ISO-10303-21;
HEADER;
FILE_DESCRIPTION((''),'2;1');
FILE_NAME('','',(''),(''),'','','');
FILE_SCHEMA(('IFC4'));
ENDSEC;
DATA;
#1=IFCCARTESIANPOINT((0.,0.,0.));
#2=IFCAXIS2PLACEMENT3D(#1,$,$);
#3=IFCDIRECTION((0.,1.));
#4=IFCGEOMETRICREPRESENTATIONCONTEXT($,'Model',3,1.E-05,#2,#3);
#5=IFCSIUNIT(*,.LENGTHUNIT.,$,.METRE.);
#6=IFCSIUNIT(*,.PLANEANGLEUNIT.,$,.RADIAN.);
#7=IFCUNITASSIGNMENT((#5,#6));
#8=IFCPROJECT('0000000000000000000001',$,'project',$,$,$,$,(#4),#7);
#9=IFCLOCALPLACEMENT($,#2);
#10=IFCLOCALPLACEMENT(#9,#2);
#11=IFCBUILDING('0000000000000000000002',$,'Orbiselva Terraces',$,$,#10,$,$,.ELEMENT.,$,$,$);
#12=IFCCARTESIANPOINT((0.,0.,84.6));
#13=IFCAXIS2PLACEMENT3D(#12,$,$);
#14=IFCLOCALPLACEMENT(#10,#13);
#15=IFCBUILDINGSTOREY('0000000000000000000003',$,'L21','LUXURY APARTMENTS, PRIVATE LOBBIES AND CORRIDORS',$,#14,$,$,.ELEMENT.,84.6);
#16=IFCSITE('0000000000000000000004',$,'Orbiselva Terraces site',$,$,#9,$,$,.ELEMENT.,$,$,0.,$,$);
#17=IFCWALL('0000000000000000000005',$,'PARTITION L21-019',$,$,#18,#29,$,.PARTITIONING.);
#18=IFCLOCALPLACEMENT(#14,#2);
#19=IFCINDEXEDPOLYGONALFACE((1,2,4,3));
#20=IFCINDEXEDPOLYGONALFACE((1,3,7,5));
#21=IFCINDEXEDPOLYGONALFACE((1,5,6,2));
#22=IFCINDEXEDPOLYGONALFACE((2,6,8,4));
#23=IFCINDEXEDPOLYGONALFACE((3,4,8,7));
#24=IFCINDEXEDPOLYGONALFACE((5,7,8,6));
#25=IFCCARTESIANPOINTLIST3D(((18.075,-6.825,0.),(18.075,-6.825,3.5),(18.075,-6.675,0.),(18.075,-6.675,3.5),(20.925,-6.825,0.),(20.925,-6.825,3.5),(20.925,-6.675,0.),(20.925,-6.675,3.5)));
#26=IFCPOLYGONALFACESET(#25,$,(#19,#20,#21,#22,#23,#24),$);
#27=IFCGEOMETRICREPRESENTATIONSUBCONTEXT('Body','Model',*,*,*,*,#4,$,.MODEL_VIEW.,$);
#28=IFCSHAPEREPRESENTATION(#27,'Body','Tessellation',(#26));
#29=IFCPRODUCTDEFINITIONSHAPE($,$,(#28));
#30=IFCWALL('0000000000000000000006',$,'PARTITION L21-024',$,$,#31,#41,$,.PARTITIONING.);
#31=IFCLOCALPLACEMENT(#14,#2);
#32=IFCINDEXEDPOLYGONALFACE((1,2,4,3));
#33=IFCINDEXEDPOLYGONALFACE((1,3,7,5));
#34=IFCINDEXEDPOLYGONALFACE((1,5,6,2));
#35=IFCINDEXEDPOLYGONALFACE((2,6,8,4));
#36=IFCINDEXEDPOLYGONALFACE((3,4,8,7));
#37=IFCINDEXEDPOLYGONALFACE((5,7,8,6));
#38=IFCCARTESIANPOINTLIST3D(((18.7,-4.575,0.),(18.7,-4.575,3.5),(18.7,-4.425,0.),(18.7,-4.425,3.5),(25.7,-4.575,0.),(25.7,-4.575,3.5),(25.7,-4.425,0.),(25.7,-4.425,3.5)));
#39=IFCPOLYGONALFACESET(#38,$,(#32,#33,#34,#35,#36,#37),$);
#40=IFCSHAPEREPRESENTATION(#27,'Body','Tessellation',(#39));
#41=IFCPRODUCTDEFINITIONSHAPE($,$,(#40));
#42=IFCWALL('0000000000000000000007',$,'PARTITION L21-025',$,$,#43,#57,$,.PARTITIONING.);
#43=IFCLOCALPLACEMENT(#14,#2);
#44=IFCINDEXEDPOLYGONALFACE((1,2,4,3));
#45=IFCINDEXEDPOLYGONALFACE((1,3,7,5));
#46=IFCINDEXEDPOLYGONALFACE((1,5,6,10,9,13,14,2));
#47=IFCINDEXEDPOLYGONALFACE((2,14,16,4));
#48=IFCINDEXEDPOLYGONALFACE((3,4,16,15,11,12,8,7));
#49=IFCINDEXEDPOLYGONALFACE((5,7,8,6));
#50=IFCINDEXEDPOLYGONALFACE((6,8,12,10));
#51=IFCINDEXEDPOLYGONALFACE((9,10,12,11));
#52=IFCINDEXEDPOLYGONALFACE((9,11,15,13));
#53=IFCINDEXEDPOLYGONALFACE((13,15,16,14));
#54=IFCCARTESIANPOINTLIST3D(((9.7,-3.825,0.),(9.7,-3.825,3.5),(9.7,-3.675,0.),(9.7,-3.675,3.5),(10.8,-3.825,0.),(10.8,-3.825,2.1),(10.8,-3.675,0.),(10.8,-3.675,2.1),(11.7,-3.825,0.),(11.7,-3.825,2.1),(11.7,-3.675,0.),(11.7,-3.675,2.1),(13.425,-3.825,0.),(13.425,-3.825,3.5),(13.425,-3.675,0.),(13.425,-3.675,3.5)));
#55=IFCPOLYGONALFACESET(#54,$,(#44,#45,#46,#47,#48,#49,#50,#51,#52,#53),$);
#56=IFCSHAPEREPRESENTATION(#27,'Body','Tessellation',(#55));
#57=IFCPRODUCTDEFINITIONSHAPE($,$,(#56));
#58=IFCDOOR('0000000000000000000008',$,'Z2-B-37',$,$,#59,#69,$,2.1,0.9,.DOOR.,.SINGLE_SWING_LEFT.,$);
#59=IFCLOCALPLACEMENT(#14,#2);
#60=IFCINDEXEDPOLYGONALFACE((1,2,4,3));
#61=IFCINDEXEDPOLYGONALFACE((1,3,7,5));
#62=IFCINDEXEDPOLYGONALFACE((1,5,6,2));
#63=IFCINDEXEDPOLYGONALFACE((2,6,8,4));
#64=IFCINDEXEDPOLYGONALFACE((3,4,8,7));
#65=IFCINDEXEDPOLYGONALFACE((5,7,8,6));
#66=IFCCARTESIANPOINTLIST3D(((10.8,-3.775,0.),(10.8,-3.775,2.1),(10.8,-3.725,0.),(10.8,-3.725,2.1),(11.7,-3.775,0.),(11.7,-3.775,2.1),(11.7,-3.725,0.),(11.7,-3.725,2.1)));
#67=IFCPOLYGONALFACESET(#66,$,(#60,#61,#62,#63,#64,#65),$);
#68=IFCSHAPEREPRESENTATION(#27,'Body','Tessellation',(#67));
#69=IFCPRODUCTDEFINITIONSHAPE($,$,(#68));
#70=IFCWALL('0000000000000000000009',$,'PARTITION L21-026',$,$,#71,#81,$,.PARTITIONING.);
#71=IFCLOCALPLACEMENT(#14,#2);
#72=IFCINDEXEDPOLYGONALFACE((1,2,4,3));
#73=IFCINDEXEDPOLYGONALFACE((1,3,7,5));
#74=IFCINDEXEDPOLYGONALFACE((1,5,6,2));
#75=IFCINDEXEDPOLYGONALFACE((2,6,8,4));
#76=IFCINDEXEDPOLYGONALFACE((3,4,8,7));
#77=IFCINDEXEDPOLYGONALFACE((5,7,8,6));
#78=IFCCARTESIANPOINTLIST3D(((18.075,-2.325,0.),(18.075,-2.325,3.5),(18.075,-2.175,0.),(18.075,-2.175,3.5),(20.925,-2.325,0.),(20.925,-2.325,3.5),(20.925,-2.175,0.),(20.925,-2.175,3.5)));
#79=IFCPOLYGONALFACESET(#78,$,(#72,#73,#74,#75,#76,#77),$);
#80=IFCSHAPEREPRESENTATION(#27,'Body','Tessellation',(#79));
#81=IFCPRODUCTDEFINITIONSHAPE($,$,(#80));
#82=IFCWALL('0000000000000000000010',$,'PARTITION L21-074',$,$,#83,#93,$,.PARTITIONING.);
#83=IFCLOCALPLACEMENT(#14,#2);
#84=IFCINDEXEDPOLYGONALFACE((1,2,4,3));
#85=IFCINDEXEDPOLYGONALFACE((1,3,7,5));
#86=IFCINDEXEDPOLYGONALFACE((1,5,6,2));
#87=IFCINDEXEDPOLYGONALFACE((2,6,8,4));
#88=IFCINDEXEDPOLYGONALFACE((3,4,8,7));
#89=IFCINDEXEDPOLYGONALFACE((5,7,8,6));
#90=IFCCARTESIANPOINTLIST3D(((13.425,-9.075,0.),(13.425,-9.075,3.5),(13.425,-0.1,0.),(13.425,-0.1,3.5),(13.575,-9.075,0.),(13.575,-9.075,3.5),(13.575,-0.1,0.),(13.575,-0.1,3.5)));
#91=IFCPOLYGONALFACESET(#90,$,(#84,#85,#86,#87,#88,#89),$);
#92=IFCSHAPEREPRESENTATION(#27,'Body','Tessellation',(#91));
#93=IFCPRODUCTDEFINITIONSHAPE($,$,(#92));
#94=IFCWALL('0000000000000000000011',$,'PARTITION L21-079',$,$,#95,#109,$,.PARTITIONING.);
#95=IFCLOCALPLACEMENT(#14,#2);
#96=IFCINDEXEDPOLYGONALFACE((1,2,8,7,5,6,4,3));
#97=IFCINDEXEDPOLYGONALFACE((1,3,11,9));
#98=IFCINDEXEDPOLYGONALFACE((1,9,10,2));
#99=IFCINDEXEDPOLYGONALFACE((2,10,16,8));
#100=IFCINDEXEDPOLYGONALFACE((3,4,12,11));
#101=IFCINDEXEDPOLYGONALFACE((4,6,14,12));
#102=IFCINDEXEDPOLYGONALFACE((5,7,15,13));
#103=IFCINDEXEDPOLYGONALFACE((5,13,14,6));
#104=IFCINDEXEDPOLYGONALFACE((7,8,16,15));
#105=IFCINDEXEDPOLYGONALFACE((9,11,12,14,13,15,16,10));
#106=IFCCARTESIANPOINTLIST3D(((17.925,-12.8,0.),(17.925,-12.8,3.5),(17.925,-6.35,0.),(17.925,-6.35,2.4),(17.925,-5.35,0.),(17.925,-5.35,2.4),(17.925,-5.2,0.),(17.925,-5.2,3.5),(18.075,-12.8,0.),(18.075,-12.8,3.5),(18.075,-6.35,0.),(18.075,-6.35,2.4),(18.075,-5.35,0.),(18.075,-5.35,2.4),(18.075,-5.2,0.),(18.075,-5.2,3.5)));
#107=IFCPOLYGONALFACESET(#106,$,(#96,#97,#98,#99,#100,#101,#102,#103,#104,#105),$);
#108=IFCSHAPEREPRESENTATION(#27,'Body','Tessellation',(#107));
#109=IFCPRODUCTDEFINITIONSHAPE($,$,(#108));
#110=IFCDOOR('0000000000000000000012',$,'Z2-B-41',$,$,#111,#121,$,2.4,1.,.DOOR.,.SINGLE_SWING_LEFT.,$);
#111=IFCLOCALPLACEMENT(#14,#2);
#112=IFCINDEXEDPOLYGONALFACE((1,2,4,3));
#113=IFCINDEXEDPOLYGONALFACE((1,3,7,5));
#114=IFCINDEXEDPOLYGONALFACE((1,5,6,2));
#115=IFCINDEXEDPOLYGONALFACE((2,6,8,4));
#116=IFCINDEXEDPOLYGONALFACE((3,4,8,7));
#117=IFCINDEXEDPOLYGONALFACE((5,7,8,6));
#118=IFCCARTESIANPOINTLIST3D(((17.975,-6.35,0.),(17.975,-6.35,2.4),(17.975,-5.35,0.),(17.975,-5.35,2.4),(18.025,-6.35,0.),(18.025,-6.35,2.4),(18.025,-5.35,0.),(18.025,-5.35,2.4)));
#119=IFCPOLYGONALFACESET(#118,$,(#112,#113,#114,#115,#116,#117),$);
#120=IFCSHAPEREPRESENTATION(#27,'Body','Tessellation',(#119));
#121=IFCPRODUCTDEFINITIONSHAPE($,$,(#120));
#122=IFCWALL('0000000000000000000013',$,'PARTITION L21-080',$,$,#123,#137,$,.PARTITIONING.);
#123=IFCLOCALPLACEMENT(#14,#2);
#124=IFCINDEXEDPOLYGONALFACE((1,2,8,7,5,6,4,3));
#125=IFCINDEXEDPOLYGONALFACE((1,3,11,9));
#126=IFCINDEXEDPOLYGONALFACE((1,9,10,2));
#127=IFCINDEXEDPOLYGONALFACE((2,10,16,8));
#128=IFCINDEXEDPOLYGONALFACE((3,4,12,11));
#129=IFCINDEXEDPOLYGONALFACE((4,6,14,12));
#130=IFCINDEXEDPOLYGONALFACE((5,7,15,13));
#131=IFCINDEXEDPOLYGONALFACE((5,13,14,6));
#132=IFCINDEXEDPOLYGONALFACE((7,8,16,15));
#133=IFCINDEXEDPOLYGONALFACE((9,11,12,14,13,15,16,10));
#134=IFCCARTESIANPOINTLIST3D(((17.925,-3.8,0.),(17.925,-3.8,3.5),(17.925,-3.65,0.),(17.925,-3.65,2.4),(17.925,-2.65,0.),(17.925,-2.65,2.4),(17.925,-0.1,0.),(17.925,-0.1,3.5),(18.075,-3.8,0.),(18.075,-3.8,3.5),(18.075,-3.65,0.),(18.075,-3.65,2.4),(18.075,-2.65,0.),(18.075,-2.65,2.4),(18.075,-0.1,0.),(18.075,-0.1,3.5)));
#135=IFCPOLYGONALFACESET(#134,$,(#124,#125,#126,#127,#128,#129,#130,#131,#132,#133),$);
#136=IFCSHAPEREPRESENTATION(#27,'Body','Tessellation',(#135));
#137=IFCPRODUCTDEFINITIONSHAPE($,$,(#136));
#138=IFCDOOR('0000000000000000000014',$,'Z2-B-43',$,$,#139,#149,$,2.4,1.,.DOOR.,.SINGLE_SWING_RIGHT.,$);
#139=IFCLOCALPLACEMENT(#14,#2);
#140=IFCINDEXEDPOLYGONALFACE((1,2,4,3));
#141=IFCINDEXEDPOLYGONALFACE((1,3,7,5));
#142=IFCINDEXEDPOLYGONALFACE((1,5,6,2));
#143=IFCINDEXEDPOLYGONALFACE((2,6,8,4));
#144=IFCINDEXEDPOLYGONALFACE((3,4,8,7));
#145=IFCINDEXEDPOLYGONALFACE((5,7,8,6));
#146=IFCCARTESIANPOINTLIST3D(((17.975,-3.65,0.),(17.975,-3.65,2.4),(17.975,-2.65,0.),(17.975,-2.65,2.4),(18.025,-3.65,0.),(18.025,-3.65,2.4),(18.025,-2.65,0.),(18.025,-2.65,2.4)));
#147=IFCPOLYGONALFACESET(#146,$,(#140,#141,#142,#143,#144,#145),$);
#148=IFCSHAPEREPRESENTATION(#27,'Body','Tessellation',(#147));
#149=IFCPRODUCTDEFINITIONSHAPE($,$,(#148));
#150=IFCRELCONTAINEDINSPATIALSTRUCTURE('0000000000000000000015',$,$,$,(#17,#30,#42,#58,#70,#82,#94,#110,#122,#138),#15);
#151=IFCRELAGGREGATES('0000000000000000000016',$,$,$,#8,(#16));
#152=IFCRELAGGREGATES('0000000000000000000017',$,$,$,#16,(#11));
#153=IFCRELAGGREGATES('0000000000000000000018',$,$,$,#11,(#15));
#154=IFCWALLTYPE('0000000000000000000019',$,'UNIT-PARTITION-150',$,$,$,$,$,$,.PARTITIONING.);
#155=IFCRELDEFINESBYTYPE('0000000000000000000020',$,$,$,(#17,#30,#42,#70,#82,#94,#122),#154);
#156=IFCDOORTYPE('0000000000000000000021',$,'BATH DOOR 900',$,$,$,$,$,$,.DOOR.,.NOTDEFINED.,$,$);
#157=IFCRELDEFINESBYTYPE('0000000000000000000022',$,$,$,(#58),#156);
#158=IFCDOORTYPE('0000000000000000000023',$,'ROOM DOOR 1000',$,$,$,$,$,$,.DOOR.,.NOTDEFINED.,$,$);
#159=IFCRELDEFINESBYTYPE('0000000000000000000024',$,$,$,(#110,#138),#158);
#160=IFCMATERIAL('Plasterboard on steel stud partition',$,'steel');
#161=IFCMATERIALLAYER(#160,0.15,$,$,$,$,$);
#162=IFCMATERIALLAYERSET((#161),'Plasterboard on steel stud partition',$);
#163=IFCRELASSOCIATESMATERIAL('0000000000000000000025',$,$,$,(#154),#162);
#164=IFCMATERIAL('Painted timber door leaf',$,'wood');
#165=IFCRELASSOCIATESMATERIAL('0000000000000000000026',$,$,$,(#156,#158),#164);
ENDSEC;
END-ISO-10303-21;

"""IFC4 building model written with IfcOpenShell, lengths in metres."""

from ifc_helpers import new_model, si_unit, direction, frame, frame_2d, origin, place, context, subcontext, project, spatial, rectangle, extrude, material, layer, layer_set, type_object, element, fill, save


model = new_model("IFC4")

# Units and contexts
model_context = context("Model", 3, precision=1e-05, world=origin(), true_north=direction((0.0, 1.0)))
body_context = subcontext(model_context, "Body", "Model", "MODEL_VIEW")
ifc_project = project(units=[si_unit("LENGTHUNIT", "METRE"), si_unit("PLANEANGLEUNIT", "RADIAN")], contexts=[model_context])

# Site, building, storey
site_placement = place(None, origin())
site = spatial("IfcSite", under=ifc_project, at=site_placement, Name="Orbiselva Terraces site", CompositionType="ELEMENT", RefElevation=0.0)
building_placement = place(site_placement, origin())
building = spatial("IfcBuilding", under=site, at=building_placement, Name="Orbiselva Terraces", CompositionType="ELEMENT")
storey_placement = place(building_placement, frame((0.0, 0.0, 84.6)))
storey = spatial("IfcBuildingStorey", under=building, at=storey_placement, Name="L21", Description="LUXURY APARTMENTS, PRIVATE LOBBIES AND CORRIDORS", CompositionType="ELEMENT", Elevation=84.6)

# Shared definitions
ifc_material_1 = material(Name="Plasterboard on steel stud partition", Category="steel")

# Shared definitions
ifc_layer_1 = layer(ifc_material_1, 0.15)
ifc_layer_set_1 = layer_set([ifc_layer_1], Name="Plasterboard on steel stud partition")
wall_type_1 = type_object("IfcWallType", Name="UNIT-PARTITION-150", PredefinedType="PARTITIONING", material=ifc_layer_set_1)
ifc_material_2 = material(Name="Painted timber door leaf", Category="wood")
door_type_1 = type_object("IfcDoorType", Name="BATH DOOR 900", OperationType="NOTDEFINED", PredefinedType="DOOR", material=ifc_material_2)

# Walls
wall_1_placement = place(storey_placement, frame((18.075, -6.75, 0.0), z_axis=(0.0, 0.0, 1.0), x_axis=(1.0, 0.0, 0.0)))
element("IfcWall", 1, at=wall_1_placement, inside=storey, type_object=wall_type_1, Name="PARTITION L21-019", PredefinedType="PARTITIONING", context=body_context, shape_type="SweptSolid", body=[
    extrude(rectangle(XDim=2.85, YDim=0.15, at=frame_2d((1.425, 0.0))), origin(), (0.0, 0.0, 1.0), 3.5),
])
wall_2_placement = place(storey_placement, frame((18.7, -4.5, 0.0), z_axis=(0.0, 0.0, 1.0), x_axis=(1.0, 0.0, 0.0)))
element("IfcWall", 2, at=wall_2_placement, inside=storey, type_object=wall_type_1, Name="PARTITION L21-024", PredefinedType="PARTITIONING", context=body_context, shape_type="SweptSolid", body=[
    extrude(rectangle(XDim=7.0, YDim=0.15, at=frame_2d((3.5, 0.0))), origin(), (0.0, 0.0, 1.0), 3.5),
])

# Wall, opening, door
wall_3_placement = place(storey_placement, frame((9.7, -3.75, 0.0), z_axis=(0.0, 0.0, 1.0), x_axis=(1.0, 0.0, 0.0)))
wall_3 = element("IfcWall", 3, at=wall_3_placement, inside=storey, type_object=wall_type_1, Name="PARTITION L21-025", PredefinedType="PARTITIONING", context=body_context, shape_type="SweptSolid", body=[
    extrude(rectangle(XDim=3.725, YDim=0.15, at=frame_2d((1.8625, 0.0))), origin(), (0.0, 0.0, 1.0), 3.5),
])
opening_1_placement = place(wall_3_placement, frame((1.1, 0.0, 0.0)))
opening_1 = element("IfcOpeningElement", 4, at=opening_1_placement, cuts=wall_3, PredefinedType="OPENING", context=body_context, shape_type="SweptSolid", body=[
    extrude(rectangle(XDim=0.9, YDim=2.1, at=frame_2d((0.45, 1.05))), frame((0.0, 0.085, 0.0), z_axis=(0.0, -1.0, 0.0), x_axis=(1.0, 0.0, 0.0)), (0.0, 0.0, 1.0), 0.17),
])
door_1_placement = place(opening_1_placement, origin())
door_1 = element("IfcDoor", 5, at=door_1_placement, inside=storey, type_object=door_type_1, Name="Z2-B-37", OperationType="SINGLE_SWING_LEFT", OverallHeight=2.1, OverallWidth=0.9, PredefinedType="DOOR", context=body_context, shape_type="SweptSolid", body=[
    extrude(rectangle(XDim=0.9, YDim=2.1, at=frame_2d((0.45, 1.05))), frame((0.0, 0.025, 0.0), z_axis=(0.0, -1.0, 0.0), x_axis=(1.0, 0.0, 0.0)), (0.0, 0.0, 1.0), 0.05),
])
fill(opening_1, door_1)

# Walls
wall_4_placement = place(storey_placement, frame((18.075, -2.25, 0.0), z_axis=(0.0, 0.0, 1.0), x_axis=(1.0, 0.0, 0.0)))
element("IfcWall", 6, at=wall_4_placement, inside=storey, type_object=wall_type_1, Name="PARTITION L21-026", PredefinedType="PARTITIONING", context=body_context, shape_type="SweptSolid", body=[
    extrude(rectangle(XDim=2.85, YDim=0.15, at=frame_2d((1.425, 0.0))), origin(), (0.0, 0.0, 1.0), 3.5),
])
wall_5_placement = place(storey_placement, frame((13.5, -9.075, 0.0), z_axis=(0.0, 0.0, 1.0), x_axis=(0.0, 1.0, 0.0)))
element("IfcWall", 7, at=wall_5_placement, inside=storey, type_object=wall_type_1, Name="PARTITION L21-074", PredefinedType="PARTITIONING", context=body_context, shape_type="SweptSolid", body=[
    extrude(rectangle(XDim=8.975, YDim=0.15, at=frame_2d((4.4875, 0.0))), origin(), (0.0, 0.0, 1.0), 3.5),
])

# Walls, openings, doors
wall_6_placement = place(storey_placement, frame((18.0, -5.2, 0.0), z_axis=(0.0, 0.0, 1.0), x_axis=(0.0, -1.0, 0.0)))
wall_6 = element("IfcWall", 8, at=wall_6_placement, inside=storey, type_object=wall_type_1, Name="PARTITION L21-079", PredefinedType="PARTITIONING", context=body_context, shape_type="SweptSolid", body=[
    extrude(rectangle(XDim=7.6, YDim=0.15, at=frame_2d((3.8, 0.0))), origin(), (0.0, 0.0, 1.0), 3.5),
])
opening_2_placement = place(wall_6_placement, frame((0.15, 0.0, 0.0)))
opening_2 = element("IfcOpeningElement", 9, at=opening_2_placement, cuts=wall_6, PredefinedType="OPENING", context=body_context, shape_type="SweptSolid", body=[
    extrude(rectangle(XDim=1.0, YDim=2.4, at=frame_2d((0.5, 1.2))), frame((0.0, 0.085, 0.0), z_axis=(0.0, -1.0, 0.0), x_axis=(1.0, 0.0, 0.0)), (0.0, 0.0, 1.0), 0.17),
])
door_type_2 = type_object("IfcDoorType", Name="ROOM DOOR 1000", OperationType="NOTDEFINED", PredefinedType="DOOR", material=ifc_material_2)
door_2_placement = place(opening_2_placement, origin())
door_2 = element("IfcDoor", 10, at=door_2_placement, inside=storey, type_object=door_type_2, Name="Z2-B-41", OperationType="SINGLE_SWING_LEFT", OverallHeight=2.4, OverallWidth=1.0, PredefinedType="DOOR", context=body_context, shape_type="SweptSolid", body=[
    extrude(rectangle(XDim=1.0, YDim=2.4, at=frame_2d((0.5, 1.2))), frame((0.0, 0.025, 0.0), z_axis=(0.0, -1.0, 0.0), x_axis=(1.0, 0.0, 0.0)), (0.0, 0.0, 1.0), 0.05),
])
fill(opening_2, door_2)
wall_7_placement = place(storey_placement, frame((18.0, -0.1, 0.0), z_axis=(0.0, 0.0, 1.0), x_axis=(0.0, -1.0, 0.0)))
wall_7 = element("IfcWall", 11, at=wall_7_placement, inside=storey, type_object=wall_type_1, Name="PARTITION L21-080", PredefinedType="PARTITIONING", context=body_context, shape_type="SweptSolid", body=[
    extrude(rectangle(XDim=3.7, YDim=0.15, at=frame_2d((1.85, 0.0))), origin(), (0.0, 0.0, 1.0), 3.5),
])
opening_3_placement = place(wall_7_placement, frame((2.55, 0.0, 0.0)))
opening_3 = element("IfcOpeningElement", 12, at=opening_3_placement, cuts=wall_7, PredefinedType="OPENING", context=body_context, shape_type="SweptSolid", body=[
    extrude(rectangle(XDim=1.0, YDim=2.4, at=frame_2d((0.5, 1.2))), frame((0.0, 0.085, 0.0), z_axis=(0.0, -1.0, 0.0), x_axis=(1.0, 0.0, 0.0)), (0.0, 0.0, 1.0), 0.17),
])
door_3_placement = place(opening_3_placement, origin())
door_3 = element("IfcDoor", 13, at=door_3_placement, inside=storey, type_object=door_type_2, Name="Z2-B-43", OperationType="SINGLE_SWING_RIGHT", OverallHeight=2.4, OverallWidth=1.0, PredefinedType="DOOR", context=body_context, shape_type="SweptSolid", body=[
    extrude(rectangle(XDim=1.0, YDim=2.4, at=frame_2d((0.5, 1.2))), frame((0.0, 0.025, 0.0), z_axis=(0.0, -1.0, 0.0), x_axis=(1.0, 0.0, 0.0)), (0.0, 0.0, 1.0), 0.05),
])
fill(opening_3, door_3)

save(model, "model.ifc")
